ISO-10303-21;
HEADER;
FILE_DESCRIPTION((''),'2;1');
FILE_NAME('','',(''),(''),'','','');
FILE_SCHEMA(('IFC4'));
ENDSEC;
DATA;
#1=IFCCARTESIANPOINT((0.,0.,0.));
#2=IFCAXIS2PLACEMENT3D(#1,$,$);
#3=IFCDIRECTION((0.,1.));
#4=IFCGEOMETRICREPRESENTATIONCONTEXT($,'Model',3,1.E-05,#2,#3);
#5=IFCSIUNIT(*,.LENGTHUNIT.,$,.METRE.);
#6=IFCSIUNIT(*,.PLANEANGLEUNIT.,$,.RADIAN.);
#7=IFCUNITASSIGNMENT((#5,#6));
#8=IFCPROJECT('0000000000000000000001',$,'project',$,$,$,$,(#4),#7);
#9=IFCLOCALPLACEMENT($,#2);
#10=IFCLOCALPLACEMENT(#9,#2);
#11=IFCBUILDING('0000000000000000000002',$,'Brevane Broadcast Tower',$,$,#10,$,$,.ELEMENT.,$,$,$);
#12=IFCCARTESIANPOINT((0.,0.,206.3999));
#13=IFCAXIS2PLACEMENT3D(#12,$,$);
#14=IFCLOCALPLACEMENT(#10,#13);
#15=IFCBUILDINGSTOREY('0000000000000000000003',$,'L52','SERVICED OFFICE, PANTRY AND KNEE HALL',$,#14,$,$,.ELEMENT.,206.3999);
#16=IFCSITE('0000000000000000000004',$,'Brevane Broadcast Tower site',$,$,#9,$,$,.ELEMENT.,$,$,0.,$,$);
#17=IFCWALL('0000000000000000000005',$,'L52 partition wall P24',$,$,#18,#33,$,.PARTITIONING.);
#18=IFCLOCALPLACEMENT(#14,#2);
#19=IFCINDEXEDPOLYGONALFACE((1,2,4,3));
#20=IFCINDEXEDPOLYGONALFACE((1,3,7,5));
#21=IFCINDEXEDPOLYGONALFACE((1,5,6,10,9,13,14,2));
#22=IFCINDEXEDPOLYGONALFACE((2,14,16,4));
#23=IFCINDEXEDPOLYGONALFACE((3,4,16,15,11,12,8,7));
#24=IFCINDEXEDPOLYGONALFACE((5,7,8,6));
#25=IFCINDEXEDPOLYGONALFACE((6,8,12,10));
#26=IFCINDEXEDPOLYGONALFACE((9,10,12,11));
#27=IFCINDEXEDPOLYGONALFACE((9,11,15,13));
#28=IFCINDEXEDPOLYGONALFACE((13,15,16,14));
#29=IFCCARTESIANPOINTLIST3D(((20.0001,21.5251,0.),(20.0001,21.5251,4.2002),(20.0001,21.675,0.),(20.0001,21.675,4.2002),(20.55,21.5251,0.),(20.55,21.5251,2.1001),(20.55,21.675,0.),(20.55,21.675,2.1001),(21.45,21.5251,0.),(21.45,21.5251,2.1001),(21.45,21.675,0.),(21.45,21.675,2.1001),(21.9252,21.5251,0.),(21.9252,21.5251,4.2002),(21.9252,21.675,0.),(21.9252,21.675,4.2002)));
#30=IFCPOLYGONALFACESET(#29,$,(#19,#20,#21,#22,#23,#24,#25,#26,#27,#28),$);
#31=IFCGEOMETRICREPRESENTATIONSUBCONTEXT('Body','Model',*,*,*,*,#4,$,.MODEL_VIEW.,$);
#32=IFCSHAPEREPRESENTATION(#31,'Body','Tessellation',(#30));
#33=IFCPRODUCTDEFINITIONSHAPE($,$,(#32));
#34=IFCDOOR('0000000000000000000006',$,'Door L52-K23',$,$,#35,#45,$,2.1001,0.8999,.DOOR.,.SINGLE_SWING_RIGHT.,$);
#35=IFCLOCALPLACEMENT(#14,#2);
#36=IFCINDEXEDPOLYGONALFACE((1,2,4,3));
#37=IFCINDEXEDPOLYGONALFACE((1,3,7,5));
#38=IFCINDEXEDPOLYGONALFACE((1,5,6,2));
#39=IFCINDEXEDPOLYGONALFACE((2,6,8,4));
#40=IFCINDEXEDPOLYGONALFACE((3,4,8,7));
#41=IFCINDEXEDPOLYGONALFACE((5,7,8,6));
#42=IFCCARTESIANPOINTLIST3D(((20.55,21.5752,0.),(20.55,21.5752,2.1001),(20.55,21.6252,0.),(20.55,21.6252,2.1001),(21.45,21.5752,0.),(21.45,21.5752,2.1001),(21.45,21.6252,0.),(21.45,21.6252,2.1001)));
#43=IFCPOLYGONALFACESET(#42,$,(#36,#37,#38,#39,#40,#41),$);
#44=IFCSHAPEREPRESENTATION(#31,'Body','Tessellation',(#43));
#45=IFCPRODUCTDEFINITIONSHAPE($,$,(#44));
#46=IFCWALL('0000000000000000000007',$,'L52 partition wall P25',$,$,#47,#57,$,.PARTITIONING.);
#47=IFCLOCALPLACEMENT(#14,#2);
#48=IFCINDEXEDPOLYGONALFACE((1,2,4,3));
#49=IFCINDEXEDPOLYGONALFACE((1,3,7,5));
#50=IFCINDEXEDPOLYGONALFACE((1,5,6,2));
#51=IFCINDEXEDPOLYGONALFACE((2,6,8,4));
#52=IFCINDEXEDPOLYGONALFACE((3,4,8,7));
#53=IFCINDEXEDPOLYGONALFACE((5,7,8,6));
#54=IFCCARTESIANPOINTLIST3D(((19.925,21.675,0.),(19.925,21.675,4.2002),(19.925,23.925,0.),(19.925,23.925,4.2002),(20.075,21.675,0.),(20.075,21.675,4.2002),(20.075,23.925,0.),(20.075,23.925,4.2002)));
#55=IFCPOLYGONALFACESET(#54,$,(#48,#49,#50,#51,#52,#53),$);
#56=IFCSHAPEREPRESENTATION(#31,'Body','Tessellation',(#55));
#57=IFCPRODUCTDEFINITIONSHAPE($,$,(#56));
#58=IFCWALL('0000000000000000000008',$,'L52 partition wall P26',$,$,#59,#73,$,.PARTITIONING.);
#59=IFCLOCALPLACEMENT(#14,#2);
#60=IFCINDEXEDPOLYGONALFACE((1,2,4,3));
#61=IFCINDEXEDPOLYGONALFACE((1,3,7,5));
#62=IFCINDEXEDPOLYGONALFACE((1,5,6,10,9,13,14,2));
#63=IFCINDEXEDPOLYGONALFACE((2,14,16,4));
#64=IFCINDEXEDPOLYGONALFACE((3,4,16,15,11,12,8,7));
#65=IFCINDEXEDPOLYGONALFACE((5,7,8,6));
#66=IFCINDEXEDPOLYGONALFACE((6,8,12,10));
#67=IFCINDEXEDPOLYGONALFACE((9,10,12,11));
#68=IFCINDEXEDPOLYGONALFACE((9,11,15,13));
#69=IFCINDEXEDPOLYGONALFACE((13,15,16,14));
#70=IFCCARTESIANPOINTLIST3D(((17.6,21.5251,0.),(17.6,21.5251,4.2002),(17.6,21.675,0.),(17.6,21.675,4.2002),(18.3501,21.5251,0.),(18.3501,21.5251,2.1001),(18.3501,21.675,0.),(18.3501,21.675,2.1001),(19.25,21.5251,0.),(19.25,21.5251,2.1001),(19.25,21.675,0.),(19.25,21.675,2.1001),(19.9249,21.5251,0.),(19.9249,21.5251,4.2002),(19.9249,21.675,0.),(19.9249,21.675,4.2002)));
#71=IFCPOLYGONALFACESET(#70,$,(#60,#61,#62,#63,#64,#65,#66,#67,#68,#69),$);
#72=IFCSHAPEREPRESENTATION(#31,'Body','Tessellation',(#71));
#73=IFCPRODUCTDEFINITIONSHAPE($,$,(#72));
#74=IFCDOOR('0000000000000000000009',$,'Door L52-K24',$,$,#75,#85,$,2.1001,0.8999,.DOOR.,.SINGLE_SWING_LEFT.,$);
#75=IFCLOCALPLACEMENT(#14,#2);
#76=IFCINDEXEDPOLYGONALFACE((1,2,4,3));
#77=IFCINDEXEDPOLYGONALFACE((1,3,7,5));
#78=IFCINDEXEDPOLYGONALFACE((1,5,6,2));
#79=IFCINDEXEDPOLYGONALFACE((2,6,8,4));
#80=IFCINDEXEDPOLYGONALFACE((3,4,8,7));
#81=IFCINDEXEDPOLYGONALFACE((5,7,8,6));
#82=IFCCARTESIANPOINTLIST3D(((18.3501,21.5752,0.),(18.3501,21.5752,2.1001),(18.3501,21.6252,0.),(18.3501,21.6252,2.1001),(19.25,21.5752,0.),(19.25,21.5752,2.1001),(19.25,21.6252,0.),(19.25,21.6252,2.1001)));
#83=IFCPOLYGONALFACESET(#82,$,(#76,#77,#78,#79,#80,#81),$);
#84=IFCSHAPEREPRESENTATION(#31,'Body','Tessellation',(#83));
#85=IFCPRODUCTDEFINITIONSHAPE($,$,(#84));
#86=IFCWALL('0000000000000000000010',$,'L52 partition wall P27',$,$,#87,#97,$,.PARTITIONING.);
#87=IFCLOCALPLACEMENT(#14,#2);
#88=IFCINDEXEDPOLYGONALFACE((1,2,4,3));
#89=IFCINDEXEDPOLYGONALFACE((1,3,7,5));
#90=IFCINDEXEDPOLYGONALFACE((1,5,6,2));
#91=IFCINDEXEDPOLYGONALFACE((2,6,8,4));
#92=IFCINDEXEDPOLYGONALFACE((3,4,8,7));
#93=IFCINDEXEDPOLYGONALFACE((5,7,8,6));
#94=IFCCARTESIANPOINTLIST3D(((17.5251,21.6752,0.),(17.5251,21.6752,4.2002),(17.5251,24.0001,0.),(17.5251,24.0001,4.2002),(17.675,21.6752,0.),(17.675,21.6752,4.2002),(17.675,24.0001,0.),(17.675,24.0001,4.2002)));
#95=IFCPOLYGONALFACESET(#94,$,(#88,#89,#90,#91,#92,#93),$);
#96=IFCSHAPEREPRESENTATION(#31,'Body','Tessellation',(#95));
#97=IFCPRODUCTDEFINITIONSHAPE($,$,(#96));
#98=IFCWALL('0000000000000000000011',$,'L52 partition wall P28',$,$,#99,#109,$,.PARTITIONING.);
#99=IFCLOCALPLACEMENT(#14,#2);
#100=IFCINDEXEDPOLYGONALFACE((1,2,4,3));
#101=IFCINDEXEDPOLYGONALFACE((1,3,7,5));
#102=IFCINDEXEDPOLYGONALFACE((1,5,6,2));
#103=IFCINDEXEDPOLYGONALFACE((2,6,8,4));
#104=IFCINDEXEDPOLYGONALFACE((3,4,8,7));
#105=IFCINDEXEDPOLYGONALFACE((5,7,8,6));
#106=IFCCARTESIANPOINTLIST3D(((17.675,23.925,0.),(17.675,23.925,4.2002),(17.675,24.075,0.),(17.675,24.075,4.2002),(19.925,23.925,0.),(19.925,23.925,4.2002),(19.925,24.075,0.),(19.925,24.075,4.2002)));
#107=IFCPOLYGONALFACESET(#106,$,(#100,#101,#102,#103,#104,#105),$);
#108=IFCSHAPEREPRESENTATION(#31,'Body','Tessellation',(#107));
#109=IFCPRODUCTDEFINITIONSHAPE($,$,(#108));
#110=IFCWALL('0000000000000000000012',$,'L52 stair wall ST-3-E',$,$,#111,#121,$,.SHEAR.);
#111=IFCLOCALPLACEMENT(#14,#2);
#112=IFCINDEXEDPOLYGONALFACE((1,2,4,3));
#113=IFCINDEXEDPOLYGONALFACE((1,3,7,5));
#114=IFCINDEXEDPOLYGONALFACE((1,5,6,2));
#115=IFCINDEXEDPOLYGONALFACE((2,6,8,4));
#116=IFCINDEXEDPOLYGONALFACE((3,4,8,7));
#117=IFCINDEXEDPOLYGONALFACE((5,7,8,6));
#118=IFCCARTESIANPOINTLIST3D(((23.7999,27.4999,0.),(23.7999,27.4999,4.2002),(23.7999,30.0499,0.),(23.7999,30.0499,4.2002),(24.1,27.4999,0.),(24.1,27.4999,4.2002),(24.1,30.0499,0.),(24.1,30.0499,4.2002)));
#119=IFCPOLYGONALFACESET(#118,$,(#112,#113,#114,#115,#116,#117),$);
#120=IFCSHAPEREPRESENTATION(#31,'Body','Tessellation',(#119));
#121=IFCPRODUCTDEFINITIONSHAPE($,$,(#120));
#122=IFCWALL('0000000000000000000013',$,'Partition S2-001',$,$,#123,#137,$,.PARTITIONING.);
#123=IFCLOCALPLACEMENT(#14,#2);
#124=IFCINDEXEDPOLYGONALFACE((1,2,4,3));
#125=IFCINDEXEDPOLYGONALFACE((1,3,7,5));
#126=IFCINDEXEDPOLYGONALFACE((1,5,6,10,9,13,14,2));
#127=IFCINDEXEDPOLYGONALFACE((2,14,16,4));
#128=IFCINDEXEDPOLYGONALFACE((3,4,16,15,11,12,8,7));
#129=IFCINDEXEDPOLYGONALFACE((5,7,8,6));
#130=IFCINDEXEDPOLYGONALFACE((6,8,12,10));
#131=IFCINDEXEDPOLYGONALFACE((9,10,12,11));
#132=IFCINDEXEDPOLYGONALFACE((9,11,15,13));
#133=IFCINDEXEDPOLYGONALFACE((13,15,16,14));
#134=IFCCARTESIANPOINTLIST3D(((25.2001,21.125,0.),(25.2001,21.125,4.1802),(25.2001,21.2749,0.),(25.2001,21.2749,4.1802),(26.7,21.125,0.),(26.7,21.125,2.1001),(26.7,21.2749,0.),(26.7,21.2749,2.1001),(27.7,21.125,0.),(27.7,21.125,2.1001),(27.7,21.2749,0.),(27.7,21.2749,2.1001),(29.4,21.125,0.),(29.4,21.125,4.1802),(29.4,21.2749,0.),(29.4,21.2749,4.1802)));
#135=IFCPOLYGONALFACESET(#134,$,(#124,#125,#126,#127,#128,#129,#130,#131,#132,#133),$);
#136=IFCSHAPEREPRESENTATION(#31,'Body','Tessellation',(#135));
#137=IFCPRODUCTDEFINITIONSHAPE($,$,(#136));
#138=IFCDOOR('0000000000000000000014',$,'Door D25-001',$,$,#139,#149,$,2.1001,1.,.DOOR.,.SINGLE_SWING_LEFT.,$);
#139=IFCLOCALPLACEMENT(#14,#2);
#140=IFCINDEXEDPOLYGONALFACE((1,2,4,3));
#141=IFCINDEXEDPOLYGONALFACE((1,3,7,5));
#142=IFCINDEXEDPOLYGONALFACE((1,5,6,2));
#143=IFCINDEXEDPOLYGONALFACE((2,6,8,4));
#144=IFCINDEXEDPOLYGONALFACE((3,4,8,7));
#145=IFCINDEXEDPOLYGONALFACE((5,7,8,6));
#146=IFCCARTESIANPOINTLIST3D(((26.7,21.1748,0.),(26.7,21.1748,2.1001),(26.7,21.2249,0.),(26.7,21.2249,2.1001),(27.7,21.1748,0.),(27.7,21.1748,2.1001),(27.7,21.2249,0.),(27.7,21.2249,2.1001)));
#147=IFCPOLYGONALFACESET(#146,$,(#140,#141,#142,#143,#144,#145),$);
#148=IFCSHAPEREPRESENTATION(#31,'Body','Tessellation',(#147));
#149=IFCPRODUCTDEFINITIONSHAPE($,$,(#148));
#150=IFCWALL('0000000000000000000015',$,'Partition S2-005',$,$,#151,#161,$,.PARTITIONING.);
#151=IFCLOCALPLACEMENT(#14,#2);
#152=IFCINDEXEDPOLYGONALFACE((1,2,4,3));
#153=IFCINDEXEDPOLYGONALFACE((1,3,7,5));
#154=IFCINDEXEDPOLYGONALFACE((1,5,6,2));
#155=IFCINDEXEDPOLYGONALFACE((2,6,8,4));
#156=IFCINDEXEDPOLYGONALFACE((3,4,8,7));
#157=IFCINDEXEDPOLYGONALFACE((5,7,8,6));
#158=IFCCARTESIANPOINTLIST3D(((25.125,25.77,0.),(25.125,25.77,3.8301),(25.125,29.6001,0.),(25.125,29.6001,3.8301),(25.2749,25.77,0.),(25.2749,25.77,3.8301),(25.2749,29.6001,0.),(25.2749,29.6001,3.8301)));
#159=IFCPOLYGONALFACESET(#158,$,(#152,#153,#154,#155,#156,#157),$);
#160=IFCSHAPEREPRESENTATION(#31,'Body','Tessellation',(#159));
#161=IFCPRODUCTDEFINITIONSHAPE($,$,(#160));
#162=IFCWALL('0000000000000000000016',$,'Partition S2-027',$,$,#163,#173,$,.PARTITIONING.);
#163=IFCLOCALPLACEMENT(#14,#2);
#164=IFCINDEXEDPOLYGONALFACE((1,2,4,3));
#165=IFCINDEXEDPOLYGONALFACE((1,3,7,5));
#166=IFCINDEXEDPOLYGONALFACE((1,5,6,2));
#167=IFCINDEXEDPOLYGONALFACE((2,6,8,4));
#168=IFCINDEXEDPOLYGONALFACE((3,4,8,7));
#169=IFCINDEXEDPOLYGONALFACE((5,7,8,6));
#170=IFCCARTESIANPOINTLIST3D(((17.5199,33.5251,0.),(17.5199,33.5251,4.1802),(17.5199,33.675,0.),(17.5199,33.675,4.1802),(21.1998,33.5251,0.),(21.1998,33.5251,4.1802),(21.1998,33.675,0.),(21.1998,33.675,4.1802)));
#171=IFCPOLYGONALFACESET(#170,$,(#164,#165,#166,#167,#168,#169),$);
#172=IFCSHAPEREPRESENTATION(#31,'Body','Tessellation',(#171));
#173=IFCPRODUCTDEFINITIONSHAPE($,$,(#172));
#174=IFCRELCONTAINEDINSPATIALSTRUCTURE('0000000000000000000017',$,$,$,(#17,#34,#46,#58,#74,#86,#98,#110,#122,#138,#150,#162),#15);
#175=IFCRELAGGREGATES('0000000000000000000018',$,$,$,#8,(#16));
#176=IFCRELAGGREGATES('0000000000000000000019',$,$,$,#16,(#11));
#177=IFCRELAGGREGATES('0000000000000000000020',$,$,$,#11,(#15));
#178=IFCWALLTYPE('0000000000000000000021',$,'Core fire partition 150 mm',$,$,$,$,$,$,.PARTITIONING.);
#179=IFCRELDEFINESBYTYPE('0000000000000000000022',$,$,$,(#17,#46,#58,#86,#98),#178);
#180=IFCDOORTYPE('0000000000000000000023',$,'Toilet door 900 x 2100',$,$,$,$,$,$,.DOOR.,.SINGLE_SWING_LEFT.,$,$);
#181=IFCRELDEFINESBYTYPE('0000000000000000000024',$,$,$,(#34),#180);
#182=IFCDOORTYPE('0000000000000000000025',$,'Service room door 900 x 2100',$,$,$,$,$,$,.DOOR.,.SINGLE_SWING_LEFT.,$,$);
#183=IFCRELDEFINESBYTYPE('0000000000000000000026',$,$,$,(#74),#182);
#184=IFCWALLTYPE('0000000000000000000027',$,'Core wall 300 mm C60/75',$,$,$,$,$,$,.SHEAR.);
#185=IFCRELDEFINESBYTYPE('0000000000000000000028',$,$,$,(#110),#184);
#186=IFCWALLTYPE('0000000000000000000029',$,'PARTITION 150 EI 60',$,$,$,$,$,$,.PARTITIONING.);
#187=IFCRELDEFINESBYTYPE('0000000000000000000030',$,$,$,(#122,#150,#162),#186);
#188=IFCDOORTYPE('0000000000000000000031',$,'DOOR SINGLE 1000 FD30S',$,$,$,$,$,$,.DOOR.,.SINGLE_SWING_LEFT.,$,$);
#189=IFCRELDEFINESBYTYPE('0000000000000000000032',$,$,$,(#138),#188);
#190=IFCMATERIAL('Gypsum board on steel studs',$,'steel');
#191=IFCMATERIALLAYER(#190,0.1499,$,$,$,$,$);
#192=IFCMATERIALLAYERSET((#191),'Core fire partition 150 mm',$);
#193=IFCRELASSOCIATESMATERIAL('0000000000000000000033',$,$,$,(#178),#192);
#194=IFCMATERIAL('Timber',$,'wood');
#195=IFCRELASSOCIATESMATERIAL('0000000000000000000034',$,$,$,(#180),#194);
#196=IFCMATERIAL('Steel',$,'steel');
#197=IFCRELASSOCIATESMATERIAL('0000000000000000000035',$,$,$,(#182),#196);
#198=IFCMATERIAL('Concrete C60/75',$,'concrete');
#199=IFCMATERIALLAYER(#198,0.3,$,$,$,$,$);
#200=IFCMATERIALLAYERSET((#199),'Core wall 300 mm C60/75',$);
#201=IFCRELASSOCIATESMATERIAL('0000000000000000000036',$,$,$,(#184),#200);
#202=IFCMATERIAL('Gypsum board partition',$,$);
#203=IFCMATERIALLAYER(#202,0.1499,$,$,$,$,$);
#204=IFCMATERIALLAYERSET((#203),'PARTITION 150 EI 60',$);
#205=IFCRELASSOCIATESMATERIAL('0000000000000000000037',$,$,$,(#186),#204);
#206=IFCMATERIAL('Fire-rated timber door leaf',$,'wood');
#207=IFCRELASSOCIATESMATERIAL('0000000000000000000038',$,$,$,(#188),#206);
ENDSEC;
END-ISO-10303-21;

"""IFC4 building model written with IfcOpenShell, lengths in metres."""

from ifc_helpers import new_model, si_unit, direction, frame, frame_2d, origin, place, context, subcontext, project, spatial, rectangle, extrude, material, layer, layer_set, type_object, element, fill, save


model = new_model("IFC4")

# Units and contexts
model_context = context("Model", 3, precision=1e-05, world=origin(), true_north=direction((0.0, 1.0)))
body_context = subcontext(model_context, "Body", "Model", "MODEL_VIEW")
ifc_project = project(units=[si_unit("LENGTHUNIT", "METRE"), si_unit("PLANEANGLEUNIT", "RADIAN")], contexts=[model_context])

# Site, building, storey
site_placement = place(None, origin())
site = spatial("IfcSite", under=ifc_project, at=site_placement, Name="Brevane Broadcast Tower site", CompositionType="ELEMENT", RefElevation=0.0)
building_placement = place(site_placement, origin())
building = spatial("IfcBuilding", under=site, at=building_placement, Name="Brevane Broadcast Tower", CompositionType="ELEMENT")
storey_placement = place(building_placement, frame((0.0, 0.0, 206.3999)))
storey = spatial("IfcBuildingStorey", under=building, at=storey_placement, Name="L52", Description="SERVICED OFFICE, PANTRY AND KNEE HALL", CompositionType="ELEMENT", Elevation=206.3999)

# Shared definitions
ifc_material_1 = material(Name="Concrete C60/75", Category="concrete")

# Shared definitions
ifc_material_2 = material(Name="Gypsum board on steel studs", Category="steel")
ifc_layer_1 = layer(ifc_material_2, 0.1499)
ifc_layer_set_1 = layer_set([ifc_layer_1], Name="Core fire partition 150 mm")
wall_type_1 = type_object("IfcWallType", Name="Core fire partition 150 mm", PredefinedType="PARTITIONING", material=ifc_layer_set_1)

# Wall, opening, door
wall_1_placement = place(storey_placement, frame((21.925, 21.6001, 0.0), z_axis=(0.0, 0.0, 1.0), x_axis=(-1.0, 0.0, 0.0)))
wall_1 = element("IfcWall", 1, at=wall_1_placement, inside=storey, type_object=wall_type_1, Name="L52 partition wall P24", PredefinedType="PARTITIONING", context=body_context, shape_type="SweptSolid", body=[
    extrude(rectangle(XDim=1.925, YDim=0.1499, at=frame_2d((0.9624, 0.0))), origin(), (0.0, 0.0, 1.0), 4.2002),
])
opening_1_placement = place(wall_1_placement, frame((0.4751, 0.0, 0.0)))
opening_1 = element("IfcOpeningElement", 2, at=opening_1_placement, cuts=wall_1, PredefinedType="OPENING", context=body_context, shape_type="SweptSolid", body=[
    extrude(rectangle(XDim=0.8999, YDim=2.1001, at=frame_2d((0.45, 1.05))), frame((0.0, 0.085, 0.0), z_axis=(0.0, -1.0, 0.0), x_axis=(1.0, 0.0, 0.0)), (0.0, 0.0, 1.0), 0.1699),
])
ifc_material_3 = material(Name="Timber", Category="wood")
door_type_1 = type_object("IfcDoorType", Name="Toilet door 900 x 2100", OperationType="SINGLE_SWING_LEFT", PredefinedType="DOOR", material=ifc_material_3)
door_1_placement = place(opening_1_placement, origin())
door_1 = element("IfcDoor", 3, at=door_1_placement, inside=storey, type_object=door_type_1, Name="Door L52-K23", OperationType="SINGLE_SWING_RIGHT", OverallHeight=2.1001, OverallWidth=0.8999, PredefinedType="DOOR", context=body_context, shape_type="SweptSolid", body=[
    extrude(rectangle(XDim=0.8999, YDim=2.1001, at=frame_2d((0.45, 1.05))), frame((0.0, 0.0249, 0.0), z_axis=(0.0, -1.0, 0.0), x_axis=(1.0, 0.0, 0.0)), (0.0, 0.0, 1.0), 0.05),
])
fill(opening_1, door_1)

# Wall
wall_2_placement = place(storey_placement, frame((20.0, 21.675, 0.0), z_axis=(0.0, 0.0, 1.0), x_axis=(0.0, 1.0, 0.0)))
element("IfcWall", 4, at=wall_2_placement, inside=storey, type_object=wall_type_1, Name="L52 partition wall P25", PredefinedType="PARTITIONING", context=body_context, shape_type="SweptSolid", body=[
    extrude(rectangle(XDim=2.25, YDim=0.1499, at=frame_2d((1.125, 0.0))), origin(), (0.0, 0.0, 1.0), 4.2002),
])

# Wall, opening, door
wall_3_placement = place(storey_placement, frame((19.925, 21.6001, 0.0), z_axis=(0.0, 0.0, 1.0), x_axis=(-1.0, 0.0, 0.0)))
wall_3 = element("IfcWall", 5, at=wall_3_placement, inside=storey, type_object=wall_type_1, Name="L52 partition wall P26", PredefinedType="PARTITIONING", context=body_context, shape_type="SweptSolid", body=[
    extrude(rectangle(XDim=2.325, YDim=0.1499, at=frame_2d((1.1626, 0.0))), origin(), (0.0, 0.0, 1.0), 4.2002),
])
opening_2_placement = place(wall_3_placement, frame((0.675, 0.0, 0.0)))
opening_2 = element("IfcOpeningElement", 6, at=opening_2_placement, cuts=wall_3, PredefinedType="OPENING", context=body_context, shape_type="SweptSolid", body=[
    extrude(rectangle(XDim=0.8999, YDim=2.1001, at=frame_2d((0.45, 1.05))), frame((0.0, 0.085, 0.0), z_axis=(0.0, -1.0, 0.0), x_axis=(1.0, 0.0, 0.0)), (0.0, 0.0, 1.0), 0.1699),
])
ifc_material_4 = material(Name="Steel", Category="steel")
door_type_2 = type_object("IfcDoorType", Name="Service room door 900 x 2100", OperationType="SINGLE_SWING_LEFT", PredefinedType="DOOR", material=ifc_material_4)
door_2_placement = place(opening_2_placement, origin())
door_2 = element("IfcDoor", 7, at=door_2_placement, inside=storey, type_object=door_type_2, Name="Door L52-K24", OperationType="SINGLE_SWING_LEFT", OverallHeight=2.1001, OverallWidth=0.8999, PredefinedType="DOOR", context=body_context, shape_type="SweptSolid", body=[
    extrude(rectangle(XDim=0.8999, YDim=2.1001, at=frame_2d((0.45, 1.05))), frame((0.0, 0.0249, 0.0), z_axis=(0.0, -1.0, 0.0), x_axis=(1.0, 0.0, 0.0)), (0.0, 0.0, 1.0), 0.05),
])
fill(opening_2, door_2)

# Walls
wall_4_placement = place(storey_placement, frame((17.6001, 21.675, 0.0), z_axis=(0.0, 0.0, 1.0), x_axis=(0.0, 1.0, 0.0)))
element("IfcWall", 8, at=wall_4_placement, inside=storey, type_object=wall_type_1, Name="L52 partition wall P27", PredefinedType="PARTITIONING", context=body_context, shape_type="SweptSolid", body=[
    extrude(rectangle(XDim=2.325, YDim=0.1499, at=frame_2d((1.1626, 0.0))), origin(), (0.0, 0.0, 1.0), 4.2002),
])
wall_5_placement = place(storey_placement, frame((17.675, 24.0, 0.0), z_axis=(0.0, 0.0, 1.0), x_axis=(1.0, 0.0, 0.0)))
element("IfcWall", 9, at=wall_5_placement, inside=storey, type_object=wall_type_1, Name="L52 partition wall P28", PredefinedType="PARTITIONING", context=body_context, shape_type="SweptSolid", body=[
    extrude(rectangle(XDim=2.25, YDim=0.1499, at=frame_2d((1.125, 0.0))), origin(), (0.0, 0.0, 1.0), 4.2002),
])
ifc_layer_2 = layer(ifc_material_1, 0.3)
ifc_layer_set_2 = layer_set([ifc_layer_2], Name="Core wall 300 mm C60/75")
wall_type_2 = type_object("IfcWallType", Name="Core wall 300 mm C60/75", PredefinedType="SHEAR", material=ifc_layer_set_2)
wall_6_placement = place(storey_placement, frame((23.95, 27.5, 0.0), z_axis=(0.0, 0.0, 1.0), x_axis=(0.0, 1.0, 0.0)))
element("IfcWall", 10, at=wall_6_placement, inside=storey, type_object=wall_type_2, Name="L52 stair wall ST-3-E", PredefinedType="SHEAR", context=body_context, shape_type="SweptSolid", body=[
    extrude(rectangle(XDim=2.55, YDim=0.3, at=frame_2d((1.2749, 0.0))), origin(), (0.0, 0.0, 1.0), 4.2002),
])

# Wall, opening, door
ifc_material_5 = material(Name="Gypsum board partition")
ifc_layer_3 = layer(ifc_material_5, 0.1499)
ifc_layer_set_3 = layer_set([ifc_layer_3], Name="PARTITION 150 EI 60")
wall_type_3 = type_object("IfcWallType", Name="PARTITION 150 EI 60", PredefinedType="PARTITIONING", material=ifc_layer_set_3)
wall_7_placement = place(storey_placement, frame((25.2, 21.2, 0.0), z_axis=(0.0, 0.0, 1.0), x_axis=(1.0, 0.0, 0.0)))
wall_7 = element("IfcWall", 11, at=wall_7_placement, inside=storey, type_object=wall_type_3, Name="Partition S2-001", PredefinedType="PARTITIONING", context=body_context, shape_type="SweptSolid", body=[
    extrude(rectangle(XDim=4.2, YDim=0.1499, at=frame_2d((2.1001, 0.0))), origin(), (0.0, 0.0, 1.0), 4.1802),
])
opening_3_placement = place(wall_7_placement, frame((1.5, 0.0, 0.0)))
opening_3 = element("IfcOpeningElement", 12, at=opening_3_placement, cuts=wall_7, PredefinedType="OPENING", context=body_context, shape_type="SweptSolid", body=[
    extrude(rectangle(XDim=1.0, YDim=2.1001, at=frame_2d((0.5, 1.05))), frame((0.0, 0.085, 0.0), z_axis=(0.0, -1.0, 0.0), x_axis=(1.0, 0.0, 0.0)), (0.0, 0.0, 1.0), 0.1699),
])
ifc_material_6 = material(Name="Fire-rated timber door leaf", Category="wood")
door_type_3 = type_object("IfcDoorType", Name="DOOR SINGLE 1000 FD30S", OperationType="SINGLE_SWING_LEFT", PredefinedType="DOOR", material=ifc_material_6)
door_3_placement = place(opening_3_placement, origin())
door_3 = element("IfcDoor", 13, at=door_3_placement, inside=storey, type_object=door_type_3, Name="Door D25-001", OperationType="SINGLE_SWING_LEFT", OverallHeight=2.1001, OverallWidth=1.0, PredefinedType="DOOR", context=body_context, shape_type="SweptSolid", body=[
    extrude(rectangle(XDim=1.0, YDim=2.1001, at=frame_2d((0.5, 1.05))), frame((0.0, 0.0249, 0.0), z_axis=(0.0, -1.0, 0.0), x_axis=(1.0, 0.0, 0.0)), (0.0, 0.0, 1.0), 0.05),
])
fill(opening_3, door_3)

# Walls
wall_8_placement = place(storey_placement, frame((25.2, 25.77, 0.0), z_axis=(0.0, 0.0, 1.0), x_axis=(0.0, 1.0, 0.0)))
element("IfcWall", 14, at=wall_8_placement, inside=storey, type_object=wall_type_3, Name="Partition S2-005", PredefinedType="PARTITIONING", context=body_context, shape_type="SweptSolid", body=[
    extrude(rectangle(XDim=3.8301, YDim=0.1499, at=frame_2d((1.915, 0.0))), origin(), (0.0, 0.0, 1.0), 3.8301),
])
wall_9_placement = place(storey_placement, frame((17.52, 33.6001, 0.0), z_axis=(0.0, 0.0, 1.0), x_axis=(1.0, 0.0, 0.0)))
element("IfcWall", 15, at=wall_9_placement, inside=storey, type_object=wall_type_3, Name="Partition S2-027", PredefinedType="PARTITIONING", context=body_context, shape_type="SweptSolid", body=[
    extrude(rectangle(XDim=3.6799, YDim=0.1499, at=frame_2d((1.8398, 0.0))), origin(), (0.0, 0.0, 1.0), 4.1802),
])

save(model, "model.ifc")
